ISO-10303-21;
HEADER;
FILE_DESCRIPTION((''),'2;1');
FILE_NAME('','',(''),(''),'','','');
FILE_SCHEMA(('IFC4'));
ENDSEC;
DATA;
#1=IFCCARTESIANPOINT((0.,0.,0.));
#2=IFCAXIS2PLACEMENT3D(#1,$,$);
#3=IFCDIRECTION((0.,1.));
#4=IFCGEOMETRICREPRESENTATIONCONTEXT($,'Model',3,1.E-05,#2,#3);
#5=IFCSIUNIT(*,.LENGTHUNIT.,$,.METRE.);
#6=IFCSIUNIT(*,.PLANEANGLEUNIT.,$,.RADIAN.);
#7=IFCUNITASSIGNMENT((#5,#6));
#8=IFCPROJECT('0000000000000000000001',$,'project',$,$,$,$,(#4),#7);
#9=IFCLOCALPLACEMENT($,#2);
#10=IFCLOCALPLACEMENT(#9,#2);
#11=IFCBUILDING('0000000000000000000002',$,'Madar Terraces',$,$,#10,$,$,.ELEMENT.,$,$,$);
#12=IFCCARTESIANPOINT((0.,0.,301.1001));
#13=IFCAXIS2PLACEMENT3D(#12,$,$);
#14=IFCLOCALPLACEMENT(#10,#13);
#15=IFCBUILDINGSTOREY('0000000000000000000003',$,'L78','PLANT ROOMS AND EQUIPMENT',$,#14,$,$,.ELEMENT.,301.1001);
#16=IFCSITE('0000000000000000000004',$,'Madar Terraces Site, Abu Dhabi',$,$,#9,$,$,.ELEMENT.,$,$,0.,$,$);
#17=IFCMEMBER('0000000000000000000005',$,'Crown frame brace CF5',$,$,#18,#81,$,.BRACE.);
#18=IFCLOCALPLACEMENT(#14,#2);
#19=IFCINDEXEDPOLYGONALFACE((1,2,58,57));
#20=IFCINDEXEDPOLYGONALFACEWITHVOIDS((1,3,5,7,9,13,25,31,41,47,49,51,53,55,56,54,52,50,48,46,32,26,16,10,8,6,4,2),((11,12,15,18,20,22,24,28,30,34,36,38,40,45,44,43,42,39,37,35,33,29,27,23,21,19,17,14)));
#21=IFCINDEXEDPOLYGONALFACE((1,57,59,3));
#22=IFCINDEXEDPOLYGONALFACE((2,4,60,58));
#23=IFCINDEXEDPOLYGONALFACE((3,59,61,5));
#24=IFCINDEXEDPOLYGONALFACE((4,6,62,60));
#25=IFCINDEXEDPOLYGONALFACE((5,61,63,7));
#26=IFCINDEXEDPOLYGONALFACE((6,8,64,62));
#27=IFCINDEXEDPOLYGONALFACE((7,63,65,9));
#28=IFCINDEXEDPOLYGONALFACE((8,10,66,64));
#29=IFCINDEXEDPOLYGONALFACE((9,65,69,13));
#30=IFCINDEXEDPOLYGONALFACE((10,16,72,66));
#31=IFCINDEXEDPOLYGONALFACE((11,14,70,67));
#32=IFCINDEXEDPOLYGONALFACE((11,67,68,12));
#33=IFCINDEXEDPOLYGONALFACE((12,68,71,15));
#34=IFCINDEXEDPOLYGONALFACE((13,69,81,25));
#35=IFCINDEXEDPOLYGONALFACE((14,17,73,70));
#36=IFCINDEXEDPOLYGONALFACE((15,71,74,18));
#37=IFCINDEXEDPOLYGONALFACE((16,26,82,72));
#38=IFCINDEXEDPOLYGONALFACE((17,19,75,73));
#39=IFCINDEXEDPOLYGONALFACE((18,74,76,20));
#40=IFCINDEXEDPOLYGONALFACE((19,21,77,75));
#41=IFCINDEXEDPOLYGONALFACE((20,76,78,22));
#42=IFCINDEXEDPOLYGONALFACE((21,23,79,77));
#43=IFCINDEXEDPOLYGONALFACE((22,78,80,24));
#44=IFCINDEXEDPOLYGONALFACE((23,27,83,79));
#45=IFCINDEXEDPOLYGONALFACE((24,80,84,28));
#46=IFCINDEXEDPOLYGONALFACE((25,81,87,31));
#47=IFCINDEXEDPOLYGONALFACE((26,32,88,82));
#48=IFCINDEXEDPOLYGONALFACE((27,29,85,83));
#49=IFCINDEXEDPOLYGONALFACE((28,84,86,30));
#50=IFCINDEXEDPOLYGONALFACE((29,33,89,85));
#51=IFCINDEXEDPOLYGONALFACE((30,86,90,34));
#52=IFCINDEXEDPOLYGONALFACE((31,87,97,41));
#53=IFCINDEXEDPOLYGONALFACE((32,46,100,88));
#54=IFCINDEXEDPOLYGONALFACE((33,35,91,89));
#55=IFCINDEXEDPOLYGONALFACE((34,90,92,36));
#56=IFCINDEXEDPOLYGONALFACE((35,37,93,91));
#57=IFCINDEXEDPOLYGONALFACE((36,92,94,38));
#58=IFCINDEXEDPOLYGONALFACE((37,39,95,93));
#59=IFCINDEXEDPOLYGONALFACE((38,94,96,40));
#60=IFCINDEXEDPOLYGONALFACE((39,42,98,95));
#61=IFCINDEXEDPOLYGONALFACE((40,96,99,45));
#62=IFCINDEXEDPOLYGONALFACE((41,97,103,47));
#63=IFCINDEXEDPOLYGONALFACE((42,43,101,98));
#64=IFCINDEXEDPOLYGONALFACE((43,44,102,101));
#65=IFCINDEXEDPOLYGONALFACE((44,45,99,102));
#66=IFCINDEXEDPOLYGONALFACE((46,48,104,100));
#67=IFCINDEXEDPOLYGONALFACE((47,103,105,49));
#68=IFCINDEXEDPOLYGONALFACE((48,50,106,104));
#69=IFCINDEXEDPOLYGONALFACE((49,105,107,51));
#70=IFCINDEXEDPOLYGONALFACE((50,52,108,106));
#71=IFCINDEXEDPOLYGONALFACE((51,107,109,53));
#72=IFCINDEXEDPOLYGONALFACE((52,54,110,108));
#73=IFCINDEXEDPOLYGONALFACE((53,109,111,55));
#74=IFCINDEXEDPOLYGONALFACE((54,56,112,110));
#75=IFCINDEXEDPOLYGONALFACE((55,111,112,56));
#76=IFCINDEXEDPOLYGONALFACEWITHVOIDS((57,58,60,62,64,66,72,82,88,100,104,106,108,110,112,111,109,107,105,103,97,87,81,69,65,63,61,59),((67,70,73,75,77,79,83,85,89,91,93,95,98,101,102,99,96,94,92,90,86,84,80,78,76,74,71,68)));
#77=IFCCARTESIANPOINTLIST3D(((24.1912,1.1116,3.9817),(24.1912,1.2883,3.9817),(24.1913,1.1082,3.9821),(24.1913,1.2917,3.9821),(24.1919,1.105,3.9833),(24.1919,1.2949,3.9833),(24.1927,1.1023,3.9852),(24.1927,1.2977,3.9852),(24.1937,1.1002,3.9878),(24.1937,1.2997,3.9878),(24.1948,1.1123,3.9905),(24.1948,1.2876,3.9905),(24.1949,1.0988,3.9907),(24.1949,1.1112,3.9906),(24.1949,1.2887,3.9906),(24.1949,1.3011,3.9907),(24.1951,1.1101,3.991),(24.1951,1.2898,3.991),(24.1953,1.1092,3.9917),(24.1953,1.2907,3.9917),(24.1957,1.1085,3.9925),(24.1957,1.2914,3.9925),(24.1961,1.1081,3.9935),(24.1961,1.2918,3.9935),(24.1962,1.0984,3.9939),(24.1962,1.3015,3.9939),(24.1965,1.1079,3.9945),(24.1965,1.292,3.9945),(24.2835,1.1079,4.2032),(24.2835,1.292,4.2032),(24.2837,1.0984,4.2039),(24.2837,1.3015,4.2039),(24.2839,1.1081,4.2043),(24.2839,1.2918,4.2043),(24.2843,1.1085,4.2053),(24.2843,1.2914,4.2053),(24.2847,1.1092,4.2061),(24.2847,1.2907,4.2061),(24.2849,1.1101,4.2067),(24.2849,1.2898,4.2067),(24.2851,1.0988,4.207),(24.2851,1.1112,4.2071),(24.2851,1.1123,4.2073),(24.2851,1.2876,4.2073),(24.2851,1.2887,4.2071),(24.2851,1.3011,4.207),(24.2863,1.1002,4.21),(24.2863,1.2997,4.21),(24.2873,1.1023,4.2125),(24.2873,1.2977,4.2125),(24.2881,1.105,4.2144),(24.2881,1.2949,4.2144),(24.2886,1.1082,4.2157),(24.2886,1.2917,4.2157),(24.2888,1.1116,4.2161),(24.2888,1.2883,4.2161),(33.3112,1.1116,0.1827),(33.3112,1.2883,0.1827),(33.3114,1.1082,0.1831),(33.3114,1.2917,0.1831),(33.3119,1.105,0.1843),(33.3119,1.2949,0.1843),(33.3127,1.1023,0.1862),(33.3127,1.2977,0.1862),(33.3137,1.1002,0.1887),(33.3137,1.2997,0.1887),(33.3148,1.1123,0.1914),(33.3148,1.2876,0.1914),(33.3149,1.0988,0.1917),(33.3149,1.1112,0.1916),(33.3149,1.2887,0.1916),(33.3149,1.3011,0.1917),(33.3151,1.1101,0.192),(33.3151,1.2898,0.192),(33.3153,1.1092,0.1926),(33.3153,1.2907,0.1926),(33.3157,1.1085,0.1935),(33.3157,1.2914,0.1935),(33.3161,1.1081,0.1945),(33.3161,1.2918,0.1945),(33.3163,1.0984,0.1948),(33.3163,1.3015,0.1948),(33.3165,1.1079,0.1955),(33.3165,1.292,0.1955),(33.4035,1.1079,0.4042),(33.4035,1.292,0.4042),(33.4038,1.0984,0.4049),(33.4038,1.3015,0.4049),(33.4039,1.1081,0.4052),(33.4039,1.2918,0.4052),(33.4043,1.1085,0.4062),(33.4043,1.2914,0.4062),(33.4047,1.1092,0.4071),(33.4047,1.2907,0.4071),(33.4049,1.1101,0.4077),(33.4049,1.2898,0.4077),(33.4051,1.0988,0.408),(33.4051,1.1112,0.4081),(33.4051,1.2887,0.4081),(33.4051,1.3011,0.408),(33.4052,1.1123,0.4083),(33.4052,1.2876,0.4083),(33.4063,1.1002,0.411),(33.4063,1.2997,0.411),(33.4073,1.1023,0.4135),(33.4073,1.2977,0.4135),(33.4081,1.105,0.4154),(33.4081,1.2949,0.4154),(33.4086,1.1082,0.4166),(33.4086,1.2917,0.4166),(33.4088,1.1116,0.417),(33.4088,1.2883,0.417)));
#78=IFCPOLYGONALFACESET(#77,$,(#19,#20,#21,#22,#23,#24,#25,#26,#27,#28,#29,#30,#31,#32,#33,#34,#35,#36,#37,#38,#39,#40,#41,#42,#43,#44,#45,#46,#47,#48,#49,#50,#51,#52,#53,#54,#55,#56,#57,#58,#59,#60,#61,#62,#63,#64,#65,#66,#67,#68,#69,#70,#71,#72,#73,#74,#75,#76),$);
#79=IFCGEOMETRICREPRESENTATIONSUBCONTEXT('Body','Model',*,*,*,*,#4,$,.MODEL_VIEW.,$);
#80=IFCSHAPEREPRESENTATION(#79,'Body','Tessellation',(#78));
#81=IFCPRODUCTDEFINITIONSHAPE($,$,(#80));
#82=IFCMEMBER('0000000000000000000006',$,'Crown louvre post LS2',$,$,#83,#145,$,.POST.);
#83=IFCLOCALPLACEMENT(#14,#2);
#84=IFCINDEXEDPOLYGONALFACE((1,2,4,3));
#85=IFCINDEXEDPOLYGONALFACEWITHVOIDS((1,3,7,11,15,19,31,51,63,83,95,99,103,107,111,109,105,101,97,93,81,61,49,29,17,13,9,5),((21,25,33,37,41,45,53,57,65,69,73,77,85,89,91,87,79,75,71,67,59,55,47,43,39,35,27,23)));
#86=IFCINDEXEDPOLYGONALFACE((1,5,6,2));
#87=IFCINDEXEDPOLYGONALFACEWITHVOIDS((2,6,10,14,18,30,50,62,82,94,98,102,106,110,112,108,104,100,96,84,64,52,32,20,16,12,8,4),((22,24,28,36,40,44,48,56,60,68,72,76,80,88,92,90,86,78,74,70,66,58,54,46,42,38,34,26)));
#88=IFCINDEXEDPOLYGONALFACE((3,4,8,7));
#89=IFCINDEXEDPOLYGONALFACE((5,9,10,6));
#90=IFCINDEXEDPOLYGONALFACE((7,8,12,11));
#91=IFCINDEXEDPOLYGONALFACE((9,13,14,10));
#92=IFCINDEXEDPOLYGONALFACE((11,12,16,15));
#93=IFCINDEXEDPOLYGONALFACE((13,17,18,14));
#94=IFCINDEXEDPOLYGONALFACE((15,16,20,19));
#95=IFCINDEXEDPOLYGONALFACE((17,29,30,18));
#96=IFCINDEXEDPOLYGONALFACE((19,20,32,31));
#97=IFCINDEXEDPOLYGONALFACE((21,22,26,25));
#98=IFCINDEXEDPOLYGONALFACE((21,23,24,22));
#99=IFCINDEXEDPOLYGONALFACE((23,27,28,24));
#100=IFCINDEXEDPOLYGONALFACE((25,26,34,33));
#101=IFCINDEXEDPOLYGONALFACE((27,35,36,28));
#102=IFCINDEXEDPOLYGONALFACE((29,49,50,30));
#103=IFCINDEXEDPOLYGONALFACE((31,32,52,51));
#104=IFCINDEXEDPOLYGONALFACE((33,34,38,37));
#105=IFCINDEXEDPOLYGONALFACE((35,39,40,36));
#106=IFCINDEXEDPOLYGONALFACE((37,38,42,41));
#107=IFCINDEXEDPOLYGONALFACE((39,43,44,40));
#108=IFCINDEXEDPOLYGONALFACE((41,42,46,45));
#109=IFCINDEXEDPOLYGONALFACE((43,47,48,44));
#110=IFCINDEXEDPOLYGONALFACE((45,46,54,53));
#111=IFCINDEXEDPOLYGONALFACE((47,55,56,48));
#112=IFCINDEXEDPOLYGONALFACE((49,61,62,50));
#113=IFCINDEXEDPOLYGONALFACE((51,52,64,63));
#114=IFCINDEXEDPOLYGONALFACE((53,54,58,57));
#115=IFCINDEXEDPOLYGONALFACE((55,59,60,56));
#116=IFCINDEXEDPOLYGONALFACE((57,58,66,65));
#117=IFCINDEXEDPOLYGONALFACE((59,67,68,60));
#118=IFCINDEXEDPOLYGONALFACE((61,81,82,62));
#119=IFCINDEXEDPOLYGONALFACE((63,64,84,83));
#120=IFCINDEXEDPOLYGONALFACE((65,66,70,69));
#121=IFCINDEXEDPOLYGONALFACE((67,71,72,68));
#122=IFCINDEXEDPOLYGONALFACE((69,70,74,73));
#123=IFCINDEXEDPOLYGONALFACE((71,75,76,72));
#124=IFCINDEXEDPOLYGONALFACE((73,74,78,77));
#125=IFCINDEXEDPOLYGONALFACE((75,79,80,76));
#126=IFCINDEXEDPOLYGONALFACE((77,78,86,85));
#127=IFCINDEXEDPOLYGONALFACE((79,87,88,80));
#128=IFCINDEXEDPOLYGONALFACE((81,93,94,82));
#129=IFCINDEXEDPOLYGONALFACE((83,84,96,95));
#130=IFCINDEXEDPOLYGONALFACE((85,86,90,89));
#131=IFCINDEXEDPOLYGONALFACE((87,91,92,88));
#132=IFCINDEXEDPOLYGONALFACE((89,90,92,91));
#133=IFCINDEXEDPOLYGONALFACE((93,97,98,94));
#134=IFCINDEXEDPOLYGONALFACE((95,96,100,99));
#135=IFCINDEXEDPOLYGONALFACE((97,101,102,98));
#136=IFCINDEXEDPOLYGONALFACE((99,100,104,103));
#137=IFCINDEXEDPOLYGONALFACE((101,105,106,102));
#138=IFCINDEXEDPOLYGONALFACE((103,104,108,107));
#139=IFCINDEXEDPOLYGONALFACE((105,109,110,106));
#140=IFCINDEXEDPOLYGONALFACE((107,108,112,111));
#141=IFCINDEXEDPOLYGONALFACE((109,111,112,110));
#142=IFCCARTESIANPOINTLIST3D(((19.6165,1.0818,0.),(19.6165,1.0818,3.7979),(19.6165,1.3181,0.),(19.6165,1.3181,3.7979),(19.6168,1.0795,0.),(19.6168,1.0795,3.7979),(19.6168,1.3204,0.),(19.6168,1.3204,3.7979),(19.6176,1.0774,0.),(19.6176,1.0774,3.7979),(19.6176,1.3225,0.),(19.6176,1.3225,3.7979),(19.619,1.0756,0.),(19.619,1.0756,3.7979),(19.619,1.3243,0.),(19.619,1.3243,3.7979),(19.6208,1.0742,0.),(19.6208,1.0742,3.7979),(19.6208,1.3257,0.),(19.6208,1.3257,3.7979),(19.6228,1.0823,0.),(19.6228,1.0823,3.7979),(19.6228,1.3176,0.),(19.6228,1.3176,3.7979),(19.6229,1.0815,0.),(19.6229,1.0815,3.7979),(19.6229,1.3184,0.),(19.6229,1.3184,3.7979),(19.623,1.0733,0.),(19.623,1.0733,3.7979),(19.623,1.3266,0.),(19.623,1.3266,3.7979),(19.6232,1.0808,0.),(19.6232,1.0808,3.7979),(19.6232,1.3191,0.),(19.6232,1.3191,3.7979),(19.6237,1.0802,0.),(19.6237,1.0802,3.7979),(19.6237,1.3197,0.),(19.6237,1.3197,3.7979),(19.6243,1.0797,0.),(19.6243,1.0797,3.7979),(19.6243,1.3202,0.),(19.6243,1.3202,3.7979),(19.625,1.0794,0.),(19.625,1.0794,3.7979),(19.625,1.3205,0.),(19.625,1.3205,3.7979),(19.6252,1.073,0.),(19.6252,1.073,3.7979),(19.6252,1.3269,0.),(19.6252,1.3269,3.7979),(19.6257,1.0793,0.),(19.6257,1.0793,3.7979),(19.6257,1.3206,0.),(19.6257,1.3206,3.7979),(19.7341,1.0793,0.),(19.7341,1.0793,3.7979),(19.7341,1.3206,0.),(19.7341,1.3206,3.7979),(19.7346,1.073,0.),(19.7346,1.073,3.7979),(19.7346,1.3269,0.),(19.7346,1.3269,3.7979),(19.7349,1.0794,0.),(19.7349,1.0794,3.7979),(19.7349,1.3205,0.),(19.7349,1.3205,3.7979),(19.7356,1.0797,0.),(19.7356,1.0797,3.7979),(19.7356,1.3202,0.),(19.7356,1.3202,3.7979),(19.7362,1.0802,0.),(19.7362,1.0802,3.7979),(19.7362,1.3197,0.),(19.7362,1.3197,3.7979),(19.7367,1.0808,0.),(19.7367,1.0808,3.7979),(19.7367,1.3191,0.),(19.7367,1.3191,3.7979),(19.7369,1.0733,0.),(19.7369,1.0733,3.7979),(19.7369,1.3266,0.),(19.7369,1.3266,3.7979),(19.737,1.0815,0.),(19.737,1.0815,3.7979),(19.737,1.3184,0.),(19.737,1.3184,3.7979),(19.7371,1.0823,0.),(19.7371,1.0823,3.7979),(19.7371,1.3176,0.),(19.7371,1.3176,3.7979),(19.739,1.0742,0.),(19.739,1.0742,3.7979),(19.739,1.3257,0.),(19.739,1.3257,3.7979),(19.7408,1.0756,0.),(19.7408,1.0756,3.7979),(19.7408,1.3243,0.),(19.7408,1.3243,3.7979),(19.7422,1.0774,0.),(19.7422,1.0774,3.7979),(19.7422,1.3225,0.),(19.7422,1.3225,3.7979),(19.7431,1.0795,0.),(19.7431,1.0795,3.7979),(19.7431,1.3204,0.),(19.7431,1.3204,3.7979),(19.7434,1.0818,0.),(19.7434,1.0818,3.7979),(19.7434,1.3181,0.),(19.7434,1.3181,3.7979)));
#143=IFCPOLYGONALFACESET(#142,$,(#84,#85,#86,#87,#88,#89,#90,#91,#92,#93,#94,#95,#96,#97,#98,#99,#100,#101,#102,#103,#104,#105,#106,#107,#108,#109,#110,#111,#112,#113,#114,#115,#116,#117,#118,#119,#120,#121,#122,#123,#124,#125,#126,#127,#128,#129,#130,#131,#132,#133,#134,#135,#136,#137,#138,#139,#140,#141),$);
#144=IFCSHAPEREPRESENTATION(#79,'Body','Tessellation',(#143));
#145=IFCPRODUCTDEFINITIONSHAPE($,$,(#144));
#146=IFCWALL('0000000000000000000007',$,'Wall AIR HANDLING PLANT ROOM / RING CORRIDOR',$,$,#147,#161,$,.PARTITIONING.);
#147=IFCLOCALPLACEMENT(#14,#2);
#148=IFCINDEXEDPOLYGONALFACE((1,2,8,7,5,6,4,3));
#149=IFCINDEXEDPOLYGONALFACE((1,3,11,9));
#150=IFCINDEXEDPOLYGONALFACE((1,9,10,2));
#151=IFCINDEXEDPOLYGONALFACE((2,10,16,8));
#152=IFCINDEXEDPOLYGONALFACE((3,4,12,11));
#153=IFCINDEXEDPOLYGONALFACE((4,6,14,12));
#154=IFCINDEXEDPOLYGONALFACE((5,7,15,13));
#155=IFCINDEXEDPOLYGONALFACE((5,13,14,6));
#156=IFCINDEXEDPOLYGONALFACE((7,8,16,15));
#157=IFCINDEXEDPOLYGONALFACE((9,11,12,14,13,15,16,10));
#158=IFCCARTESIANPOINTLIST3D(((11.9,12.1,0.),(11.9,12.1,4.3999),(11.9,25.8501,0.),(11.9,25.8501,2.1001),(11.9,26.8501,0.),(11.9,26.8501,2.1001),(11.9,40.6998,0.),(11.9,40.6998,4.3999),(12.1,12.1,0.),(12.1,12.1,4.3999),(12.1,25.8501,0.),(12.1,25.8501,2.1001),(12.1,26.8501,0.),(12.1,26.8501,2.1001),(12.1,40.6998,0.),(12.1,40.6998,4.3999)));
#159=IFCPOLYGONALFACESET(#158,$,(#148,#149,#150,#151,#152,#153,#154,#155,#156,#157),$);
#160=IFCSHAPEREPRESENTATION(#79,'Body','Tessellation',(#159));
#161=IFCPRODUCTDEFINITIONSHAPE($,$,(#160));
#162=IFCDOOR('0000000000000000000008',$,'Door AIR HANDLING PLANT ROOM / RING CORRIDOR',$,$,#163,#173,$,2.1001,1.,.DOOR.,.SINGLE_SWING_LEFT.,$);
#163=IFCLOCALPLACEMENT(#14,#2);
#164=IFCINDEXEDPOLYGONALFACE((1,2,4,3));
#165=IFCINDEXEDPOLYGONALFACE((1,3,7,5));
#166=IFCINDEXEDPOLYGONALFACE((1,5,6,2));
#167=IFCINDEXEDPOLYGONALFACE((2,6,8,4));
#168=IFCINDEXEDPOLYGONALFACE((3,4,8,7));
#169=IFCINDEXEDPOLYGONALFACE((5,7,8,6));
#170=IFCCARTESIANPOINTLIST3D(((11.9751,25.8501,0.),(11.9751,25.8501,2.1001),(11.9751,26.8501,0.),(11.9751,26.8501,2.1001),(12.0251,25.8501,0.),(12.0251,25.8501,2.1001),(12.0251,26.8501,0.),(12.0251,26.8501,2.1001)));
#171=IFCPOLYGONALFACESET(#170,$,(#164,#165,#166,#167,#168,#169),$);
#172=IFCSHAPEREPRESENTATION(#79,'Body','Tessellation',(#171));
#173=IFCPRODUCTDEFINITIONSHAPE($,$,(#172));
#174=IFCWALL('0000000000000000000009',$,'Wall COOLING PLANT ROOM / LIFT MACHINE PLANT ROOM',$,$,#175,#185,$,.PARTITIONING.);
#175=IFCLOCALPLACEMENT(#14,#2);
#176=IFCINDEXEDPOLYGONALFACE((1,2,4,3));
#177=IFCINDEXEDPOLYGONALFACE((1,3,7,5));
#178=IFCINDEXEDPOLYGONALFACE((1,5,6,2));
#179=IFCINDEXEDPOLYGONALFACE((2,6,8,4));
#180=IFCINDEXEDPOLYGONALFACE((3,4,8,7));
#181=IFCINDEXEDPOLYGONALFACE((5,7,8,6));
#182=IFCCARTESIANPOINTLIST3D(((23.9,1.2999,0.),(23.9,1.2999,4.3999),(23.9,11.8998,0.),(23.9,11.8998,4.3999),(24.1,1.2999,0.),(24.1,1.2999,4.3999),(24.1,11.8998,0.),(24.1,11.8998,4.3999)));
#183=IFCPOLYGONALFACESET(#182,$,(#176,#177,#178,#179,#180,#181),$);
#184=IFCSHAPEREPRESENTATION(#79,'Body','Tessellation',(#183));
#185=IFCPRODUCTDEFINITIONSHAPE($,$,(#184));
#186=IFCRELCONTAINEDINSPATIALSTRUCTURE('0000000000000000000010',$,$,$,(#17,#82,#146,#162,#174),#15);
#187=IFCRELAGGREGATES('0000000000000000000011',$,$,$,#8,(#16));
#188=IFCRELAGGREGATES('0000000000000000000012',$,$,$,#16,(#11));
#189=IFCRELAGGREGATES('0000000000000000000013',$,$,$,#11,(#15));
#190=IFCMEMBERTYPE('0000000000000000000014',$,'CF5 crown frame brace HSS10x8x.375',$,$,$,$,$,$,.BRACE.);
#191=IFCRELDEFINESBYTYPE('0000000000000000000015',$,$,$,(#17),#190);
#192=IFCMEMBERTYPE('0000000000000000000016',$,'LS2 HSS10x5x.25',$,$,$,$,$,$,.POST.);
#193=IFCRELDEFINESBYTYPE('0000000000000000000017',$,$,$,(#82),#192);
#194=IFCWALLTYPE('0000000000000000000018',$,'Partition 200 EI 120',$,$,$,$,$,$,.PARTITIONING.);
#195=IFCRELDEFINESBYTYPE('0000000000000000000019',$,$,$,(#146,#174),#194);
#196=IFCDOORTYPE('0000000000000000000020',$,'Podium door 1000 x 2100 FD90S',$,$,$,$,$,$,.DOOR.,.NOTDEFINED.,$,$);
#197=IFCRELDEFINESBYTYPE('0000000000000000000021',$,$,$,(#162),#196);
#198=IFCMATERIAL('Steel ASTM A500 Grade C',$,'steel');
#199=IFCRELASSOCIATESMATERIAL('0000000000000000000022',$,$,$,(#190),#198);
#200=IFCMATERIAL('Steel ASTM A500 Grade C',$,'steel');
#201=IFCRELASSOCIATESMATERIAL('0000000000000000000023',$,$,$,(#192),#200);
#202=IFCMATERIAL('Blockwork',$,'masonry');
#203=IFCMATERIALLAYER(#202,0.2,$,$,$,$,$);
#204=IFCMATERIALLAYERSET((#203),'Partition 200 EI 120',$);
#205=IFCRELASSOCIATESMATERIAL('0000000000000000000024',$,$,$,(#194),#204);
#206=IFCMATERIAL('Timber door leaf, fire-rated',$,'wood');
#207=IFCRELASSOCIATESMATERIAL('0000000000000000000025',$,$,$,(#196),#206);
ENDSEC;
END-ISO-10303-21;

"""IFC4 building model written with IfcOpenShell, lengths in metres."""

from ifc_helpers import new_model, si_unit, direction, frame, frame_2d, origin, origin_2d, place, context, subcontext, project, spatial, rectangle, hollow_rectangle, extrude, material, layer, layer_set, material_profile, profile_set, type_object, element, fill, save


model = new_model("IFC4")

# Units and contexts
model_context = context("Model", 3, precision=1e-05, world=origin(), true_north=direction((0.0, 1.0)))
body_context = subcontext(model_context, "Body", "Model", "MODEL_VIEW")
ifc_project = project(units=[si_unit("LENGTHUNIT", "METRE"), si_unit("PLANEANGLEUNIT", "RADIAN")], contexts=[model_context])

# Site, building, storey
site_placement = place(None, origin())
site = spatial("IfcSite", under=ifc_project, at=site_placement, Name="Madar Terraces Site, Abu Dhabi", CompositionType="ELEMENT", RefElevation=0.0)
building_placement = place(site_placement, origin())
building = spatial("IfcBuilding", under=site, at=building_placement, Name="Madar Terraces", CompositionType="ELEMENT")
storey_placement = place(building_placement, frame((0.0, 0.0, 301.1001)))
storey = spatial("IfcBuildingStorey", under=building, at=storey_placement, Name="L78", Description="PLANT ROOMS AND EQUIPMENT", CompositionType="ELEMENT", Elevation=301.1001)

# Members
ifc_material_1 = material(Name="Steel ASTM A500 Grade C", Category="steel")
ifc_material_profile_1 = material_profile(ifc_material_1, hollow_rectangle(XDim=0.2031, YDim=0.2539, WallThickness=0.0095, InnerFilletRadius=0.0044, OuterFilletRadius=0.0132, at=origin_2d()), Name="HSS10x8x.375")
ifc_profile_set_1 = profile_set([ifc_material_profile_1], Name="Steel ASTM A500 Grade C")
member_type_1 = type_object("IfcMemberType", Name="CF5 crown frame brace HSS10x8x.375", PredefinedType="BRACE", material=ifc_profile_set_1)
member_1_placement = place(storey_placement, frame((24.24, 1.2, 4.0989), z_axis=(0.923112, 0.0, -0.384531), x_axis=(0.0, 1.0, 0.0)))
element("IfcMember", 1, at=member_1_placement, inside=storey, type_object=member_type_1, Name="Crown frame brace CF5", PredefinedType="BRACE", context=body_context, shape_type="SweptSolid", body=[
    extrude(hollow_rectangle(XDim=0.2031, YDim=0.2539, WallThickness=0.0095, InnerFilletRadius=0.0044, OuterFilletRadius=0.0132, at=origin_2d()), origin(), (0.0, 0.0, 1.0), 9.8796),
])
ifc_material_2 = material(Name="Steel ASTM A500 Grade C", Category="steel")
ifc_material_profile_2 = material_profile(ifc_material_2, hollow_rectangle(XDim=0.127, YDim=0.2539, WallThickness=0.0063, InnerFilletRadius=0.0029, OuterFilletRadius=0.0088, at=origin_2d()), Name="HSS10x5x.25")
ifc_profile_set_2 = profile_set([ifc_material_profile_2], Name="Steel ASTM A500 Grade C")
member_type_2 = type_object("IfcMemberType", Name="LS2 HSS10x5x.25", PredefinedType="POST", material=ifc_profile_set_2)
member_2_placement = place(storey_placement, frame((19.6799, 1.2, 0.0), z_axis=(0.0, 0.0, 1.0), x_axis=(1.0, 0.0, 0.0)))
element("IfcMember", 2, at=member_2_placement, inside=storey, type_object=member_type_2, Name="Crown louvre post LS2", PredefinedType="POST", context=body_context, shape_type="SweptSolid", body=[
    extrude(hollow_rectangle(XDim=0.127, YDim=0.2539, WallThickness=0.0063, InnerFilletRadius=0.0029, OuterFilletRadius=0.0088, at=origin_2d()), origin(), (0.0, 0.0, 1.0), 3.7979),
])

# Wall, opening, door
ifc_material_3 = material(Name="Blockwork", Category="masonry")
ifc_layer = layer(ifc_material_3, 0.2)
ifc_layer_set = layer_set([ifc_layer], Name="Partition 200 EI 120")
wall_type = type_object("IfcWallType", Name="Partition 200 EI 120", PredefinedType="PARTITIONING", material=ifc_layer_set)
wall_1_placement = place(storey_placement, frame((12.0, 12.1001, 0.0), z_axis=(0.0, 0.0, 1.0), x_axis=(0.0, 1.0, 0.0)))
wall_1 = element("IfcWall", 3, at=wall_1_placement, inside=storey, type_object=wall_type, Name="Wall AIR HANDLING PLANT ROOM / RING CORRIDOR", PredefinedType="PARTITIONING", context=body_context, shape_type="SweptSolid", body=[
    extrude(rectangle(XDim=28.5999, YDim=0.2, at=frame_2d((14.2998, 0.0))), origin(), (0.0, 0.0, 1.0), 4.3999),
])
opening_placement = place(wall_1_placement, frame((13.75, 0.0, 0.0)))
opening = element("IfcOpeningElement", 4, at=opening_placement, cuts=wall_1, PredefinedType="OPENING", context=body_context, shape_type="SweptSolid", body=[
    extrude(rectangle(XDim=1.0, YDim=2.1001, at=frame_2d((0.5, 1.05))), frame((0.0, 0.1099, 0.0), z_axis=(0.0, -1.0, 0.0), x_axis=(1.0, 0.0, 0.0)), (0.0, 0.0, 1.0), 0.22),
])
ifc_material_4 = material(Name="Timber door leaf, fire-rated", Category="wood")
door_type = type_object("IfcDoorType", Name="Podium door 1000 x 2100 FD90S", OperationType="NOTDEFINED", PredefinedType="DOOR", material=ifc_material_4)
door_placement = place(opening_placement, origin())
door = element("IfcDoor", 5, at=door_placement, inside=storey, type_object=door_type, Name="Door AIR HANDLING PLANT ROOM / RING CORRIDOR", OperationType="SINGLE_SWING_LEFT", OverallHeight=2.1001, OverallWidth=1.0, PredefinedType="DOOR", context=body_context, shape_type="SweptSolid", body=[
    extrude(rectangle(XDim=1.0, YDim=2.1001, at=frame_2d((0.5, 1.05))), frame((0.0, 0.0249, 0.0), z_axis=(0.0, -1.0, 0.0), x_axis=(1.0, 0.0, 0.0)), (0.0, 0.0, 1.0), 0.05),
])
fill(opening, door)

# Wall
wall_2_placement = place(storey_placement, frame((24.0, 1.3, 0.0), z_axis=(0.0, 0.0, 1.0), x_axis=(0.0, 1.0, 0.0)))
element("IfcWall", 6, at=wall_2_placement, inside=storey, type_object=wall_type, Name="Wall COOLING PLANT ROOM / LIFT MACHINE PLANT ROOM", PredefinedType="PARTITIONING", context=body_context, shape_type="SweptSolid", body=[
    extrude(rectangle(XDim=10.5999, YDim=0.2, at=frame_2d((5.2998, 0.0))), origin(), (0.0, 0.0, 1.0), 4.3999),
])

save(model, "model.ifc")
